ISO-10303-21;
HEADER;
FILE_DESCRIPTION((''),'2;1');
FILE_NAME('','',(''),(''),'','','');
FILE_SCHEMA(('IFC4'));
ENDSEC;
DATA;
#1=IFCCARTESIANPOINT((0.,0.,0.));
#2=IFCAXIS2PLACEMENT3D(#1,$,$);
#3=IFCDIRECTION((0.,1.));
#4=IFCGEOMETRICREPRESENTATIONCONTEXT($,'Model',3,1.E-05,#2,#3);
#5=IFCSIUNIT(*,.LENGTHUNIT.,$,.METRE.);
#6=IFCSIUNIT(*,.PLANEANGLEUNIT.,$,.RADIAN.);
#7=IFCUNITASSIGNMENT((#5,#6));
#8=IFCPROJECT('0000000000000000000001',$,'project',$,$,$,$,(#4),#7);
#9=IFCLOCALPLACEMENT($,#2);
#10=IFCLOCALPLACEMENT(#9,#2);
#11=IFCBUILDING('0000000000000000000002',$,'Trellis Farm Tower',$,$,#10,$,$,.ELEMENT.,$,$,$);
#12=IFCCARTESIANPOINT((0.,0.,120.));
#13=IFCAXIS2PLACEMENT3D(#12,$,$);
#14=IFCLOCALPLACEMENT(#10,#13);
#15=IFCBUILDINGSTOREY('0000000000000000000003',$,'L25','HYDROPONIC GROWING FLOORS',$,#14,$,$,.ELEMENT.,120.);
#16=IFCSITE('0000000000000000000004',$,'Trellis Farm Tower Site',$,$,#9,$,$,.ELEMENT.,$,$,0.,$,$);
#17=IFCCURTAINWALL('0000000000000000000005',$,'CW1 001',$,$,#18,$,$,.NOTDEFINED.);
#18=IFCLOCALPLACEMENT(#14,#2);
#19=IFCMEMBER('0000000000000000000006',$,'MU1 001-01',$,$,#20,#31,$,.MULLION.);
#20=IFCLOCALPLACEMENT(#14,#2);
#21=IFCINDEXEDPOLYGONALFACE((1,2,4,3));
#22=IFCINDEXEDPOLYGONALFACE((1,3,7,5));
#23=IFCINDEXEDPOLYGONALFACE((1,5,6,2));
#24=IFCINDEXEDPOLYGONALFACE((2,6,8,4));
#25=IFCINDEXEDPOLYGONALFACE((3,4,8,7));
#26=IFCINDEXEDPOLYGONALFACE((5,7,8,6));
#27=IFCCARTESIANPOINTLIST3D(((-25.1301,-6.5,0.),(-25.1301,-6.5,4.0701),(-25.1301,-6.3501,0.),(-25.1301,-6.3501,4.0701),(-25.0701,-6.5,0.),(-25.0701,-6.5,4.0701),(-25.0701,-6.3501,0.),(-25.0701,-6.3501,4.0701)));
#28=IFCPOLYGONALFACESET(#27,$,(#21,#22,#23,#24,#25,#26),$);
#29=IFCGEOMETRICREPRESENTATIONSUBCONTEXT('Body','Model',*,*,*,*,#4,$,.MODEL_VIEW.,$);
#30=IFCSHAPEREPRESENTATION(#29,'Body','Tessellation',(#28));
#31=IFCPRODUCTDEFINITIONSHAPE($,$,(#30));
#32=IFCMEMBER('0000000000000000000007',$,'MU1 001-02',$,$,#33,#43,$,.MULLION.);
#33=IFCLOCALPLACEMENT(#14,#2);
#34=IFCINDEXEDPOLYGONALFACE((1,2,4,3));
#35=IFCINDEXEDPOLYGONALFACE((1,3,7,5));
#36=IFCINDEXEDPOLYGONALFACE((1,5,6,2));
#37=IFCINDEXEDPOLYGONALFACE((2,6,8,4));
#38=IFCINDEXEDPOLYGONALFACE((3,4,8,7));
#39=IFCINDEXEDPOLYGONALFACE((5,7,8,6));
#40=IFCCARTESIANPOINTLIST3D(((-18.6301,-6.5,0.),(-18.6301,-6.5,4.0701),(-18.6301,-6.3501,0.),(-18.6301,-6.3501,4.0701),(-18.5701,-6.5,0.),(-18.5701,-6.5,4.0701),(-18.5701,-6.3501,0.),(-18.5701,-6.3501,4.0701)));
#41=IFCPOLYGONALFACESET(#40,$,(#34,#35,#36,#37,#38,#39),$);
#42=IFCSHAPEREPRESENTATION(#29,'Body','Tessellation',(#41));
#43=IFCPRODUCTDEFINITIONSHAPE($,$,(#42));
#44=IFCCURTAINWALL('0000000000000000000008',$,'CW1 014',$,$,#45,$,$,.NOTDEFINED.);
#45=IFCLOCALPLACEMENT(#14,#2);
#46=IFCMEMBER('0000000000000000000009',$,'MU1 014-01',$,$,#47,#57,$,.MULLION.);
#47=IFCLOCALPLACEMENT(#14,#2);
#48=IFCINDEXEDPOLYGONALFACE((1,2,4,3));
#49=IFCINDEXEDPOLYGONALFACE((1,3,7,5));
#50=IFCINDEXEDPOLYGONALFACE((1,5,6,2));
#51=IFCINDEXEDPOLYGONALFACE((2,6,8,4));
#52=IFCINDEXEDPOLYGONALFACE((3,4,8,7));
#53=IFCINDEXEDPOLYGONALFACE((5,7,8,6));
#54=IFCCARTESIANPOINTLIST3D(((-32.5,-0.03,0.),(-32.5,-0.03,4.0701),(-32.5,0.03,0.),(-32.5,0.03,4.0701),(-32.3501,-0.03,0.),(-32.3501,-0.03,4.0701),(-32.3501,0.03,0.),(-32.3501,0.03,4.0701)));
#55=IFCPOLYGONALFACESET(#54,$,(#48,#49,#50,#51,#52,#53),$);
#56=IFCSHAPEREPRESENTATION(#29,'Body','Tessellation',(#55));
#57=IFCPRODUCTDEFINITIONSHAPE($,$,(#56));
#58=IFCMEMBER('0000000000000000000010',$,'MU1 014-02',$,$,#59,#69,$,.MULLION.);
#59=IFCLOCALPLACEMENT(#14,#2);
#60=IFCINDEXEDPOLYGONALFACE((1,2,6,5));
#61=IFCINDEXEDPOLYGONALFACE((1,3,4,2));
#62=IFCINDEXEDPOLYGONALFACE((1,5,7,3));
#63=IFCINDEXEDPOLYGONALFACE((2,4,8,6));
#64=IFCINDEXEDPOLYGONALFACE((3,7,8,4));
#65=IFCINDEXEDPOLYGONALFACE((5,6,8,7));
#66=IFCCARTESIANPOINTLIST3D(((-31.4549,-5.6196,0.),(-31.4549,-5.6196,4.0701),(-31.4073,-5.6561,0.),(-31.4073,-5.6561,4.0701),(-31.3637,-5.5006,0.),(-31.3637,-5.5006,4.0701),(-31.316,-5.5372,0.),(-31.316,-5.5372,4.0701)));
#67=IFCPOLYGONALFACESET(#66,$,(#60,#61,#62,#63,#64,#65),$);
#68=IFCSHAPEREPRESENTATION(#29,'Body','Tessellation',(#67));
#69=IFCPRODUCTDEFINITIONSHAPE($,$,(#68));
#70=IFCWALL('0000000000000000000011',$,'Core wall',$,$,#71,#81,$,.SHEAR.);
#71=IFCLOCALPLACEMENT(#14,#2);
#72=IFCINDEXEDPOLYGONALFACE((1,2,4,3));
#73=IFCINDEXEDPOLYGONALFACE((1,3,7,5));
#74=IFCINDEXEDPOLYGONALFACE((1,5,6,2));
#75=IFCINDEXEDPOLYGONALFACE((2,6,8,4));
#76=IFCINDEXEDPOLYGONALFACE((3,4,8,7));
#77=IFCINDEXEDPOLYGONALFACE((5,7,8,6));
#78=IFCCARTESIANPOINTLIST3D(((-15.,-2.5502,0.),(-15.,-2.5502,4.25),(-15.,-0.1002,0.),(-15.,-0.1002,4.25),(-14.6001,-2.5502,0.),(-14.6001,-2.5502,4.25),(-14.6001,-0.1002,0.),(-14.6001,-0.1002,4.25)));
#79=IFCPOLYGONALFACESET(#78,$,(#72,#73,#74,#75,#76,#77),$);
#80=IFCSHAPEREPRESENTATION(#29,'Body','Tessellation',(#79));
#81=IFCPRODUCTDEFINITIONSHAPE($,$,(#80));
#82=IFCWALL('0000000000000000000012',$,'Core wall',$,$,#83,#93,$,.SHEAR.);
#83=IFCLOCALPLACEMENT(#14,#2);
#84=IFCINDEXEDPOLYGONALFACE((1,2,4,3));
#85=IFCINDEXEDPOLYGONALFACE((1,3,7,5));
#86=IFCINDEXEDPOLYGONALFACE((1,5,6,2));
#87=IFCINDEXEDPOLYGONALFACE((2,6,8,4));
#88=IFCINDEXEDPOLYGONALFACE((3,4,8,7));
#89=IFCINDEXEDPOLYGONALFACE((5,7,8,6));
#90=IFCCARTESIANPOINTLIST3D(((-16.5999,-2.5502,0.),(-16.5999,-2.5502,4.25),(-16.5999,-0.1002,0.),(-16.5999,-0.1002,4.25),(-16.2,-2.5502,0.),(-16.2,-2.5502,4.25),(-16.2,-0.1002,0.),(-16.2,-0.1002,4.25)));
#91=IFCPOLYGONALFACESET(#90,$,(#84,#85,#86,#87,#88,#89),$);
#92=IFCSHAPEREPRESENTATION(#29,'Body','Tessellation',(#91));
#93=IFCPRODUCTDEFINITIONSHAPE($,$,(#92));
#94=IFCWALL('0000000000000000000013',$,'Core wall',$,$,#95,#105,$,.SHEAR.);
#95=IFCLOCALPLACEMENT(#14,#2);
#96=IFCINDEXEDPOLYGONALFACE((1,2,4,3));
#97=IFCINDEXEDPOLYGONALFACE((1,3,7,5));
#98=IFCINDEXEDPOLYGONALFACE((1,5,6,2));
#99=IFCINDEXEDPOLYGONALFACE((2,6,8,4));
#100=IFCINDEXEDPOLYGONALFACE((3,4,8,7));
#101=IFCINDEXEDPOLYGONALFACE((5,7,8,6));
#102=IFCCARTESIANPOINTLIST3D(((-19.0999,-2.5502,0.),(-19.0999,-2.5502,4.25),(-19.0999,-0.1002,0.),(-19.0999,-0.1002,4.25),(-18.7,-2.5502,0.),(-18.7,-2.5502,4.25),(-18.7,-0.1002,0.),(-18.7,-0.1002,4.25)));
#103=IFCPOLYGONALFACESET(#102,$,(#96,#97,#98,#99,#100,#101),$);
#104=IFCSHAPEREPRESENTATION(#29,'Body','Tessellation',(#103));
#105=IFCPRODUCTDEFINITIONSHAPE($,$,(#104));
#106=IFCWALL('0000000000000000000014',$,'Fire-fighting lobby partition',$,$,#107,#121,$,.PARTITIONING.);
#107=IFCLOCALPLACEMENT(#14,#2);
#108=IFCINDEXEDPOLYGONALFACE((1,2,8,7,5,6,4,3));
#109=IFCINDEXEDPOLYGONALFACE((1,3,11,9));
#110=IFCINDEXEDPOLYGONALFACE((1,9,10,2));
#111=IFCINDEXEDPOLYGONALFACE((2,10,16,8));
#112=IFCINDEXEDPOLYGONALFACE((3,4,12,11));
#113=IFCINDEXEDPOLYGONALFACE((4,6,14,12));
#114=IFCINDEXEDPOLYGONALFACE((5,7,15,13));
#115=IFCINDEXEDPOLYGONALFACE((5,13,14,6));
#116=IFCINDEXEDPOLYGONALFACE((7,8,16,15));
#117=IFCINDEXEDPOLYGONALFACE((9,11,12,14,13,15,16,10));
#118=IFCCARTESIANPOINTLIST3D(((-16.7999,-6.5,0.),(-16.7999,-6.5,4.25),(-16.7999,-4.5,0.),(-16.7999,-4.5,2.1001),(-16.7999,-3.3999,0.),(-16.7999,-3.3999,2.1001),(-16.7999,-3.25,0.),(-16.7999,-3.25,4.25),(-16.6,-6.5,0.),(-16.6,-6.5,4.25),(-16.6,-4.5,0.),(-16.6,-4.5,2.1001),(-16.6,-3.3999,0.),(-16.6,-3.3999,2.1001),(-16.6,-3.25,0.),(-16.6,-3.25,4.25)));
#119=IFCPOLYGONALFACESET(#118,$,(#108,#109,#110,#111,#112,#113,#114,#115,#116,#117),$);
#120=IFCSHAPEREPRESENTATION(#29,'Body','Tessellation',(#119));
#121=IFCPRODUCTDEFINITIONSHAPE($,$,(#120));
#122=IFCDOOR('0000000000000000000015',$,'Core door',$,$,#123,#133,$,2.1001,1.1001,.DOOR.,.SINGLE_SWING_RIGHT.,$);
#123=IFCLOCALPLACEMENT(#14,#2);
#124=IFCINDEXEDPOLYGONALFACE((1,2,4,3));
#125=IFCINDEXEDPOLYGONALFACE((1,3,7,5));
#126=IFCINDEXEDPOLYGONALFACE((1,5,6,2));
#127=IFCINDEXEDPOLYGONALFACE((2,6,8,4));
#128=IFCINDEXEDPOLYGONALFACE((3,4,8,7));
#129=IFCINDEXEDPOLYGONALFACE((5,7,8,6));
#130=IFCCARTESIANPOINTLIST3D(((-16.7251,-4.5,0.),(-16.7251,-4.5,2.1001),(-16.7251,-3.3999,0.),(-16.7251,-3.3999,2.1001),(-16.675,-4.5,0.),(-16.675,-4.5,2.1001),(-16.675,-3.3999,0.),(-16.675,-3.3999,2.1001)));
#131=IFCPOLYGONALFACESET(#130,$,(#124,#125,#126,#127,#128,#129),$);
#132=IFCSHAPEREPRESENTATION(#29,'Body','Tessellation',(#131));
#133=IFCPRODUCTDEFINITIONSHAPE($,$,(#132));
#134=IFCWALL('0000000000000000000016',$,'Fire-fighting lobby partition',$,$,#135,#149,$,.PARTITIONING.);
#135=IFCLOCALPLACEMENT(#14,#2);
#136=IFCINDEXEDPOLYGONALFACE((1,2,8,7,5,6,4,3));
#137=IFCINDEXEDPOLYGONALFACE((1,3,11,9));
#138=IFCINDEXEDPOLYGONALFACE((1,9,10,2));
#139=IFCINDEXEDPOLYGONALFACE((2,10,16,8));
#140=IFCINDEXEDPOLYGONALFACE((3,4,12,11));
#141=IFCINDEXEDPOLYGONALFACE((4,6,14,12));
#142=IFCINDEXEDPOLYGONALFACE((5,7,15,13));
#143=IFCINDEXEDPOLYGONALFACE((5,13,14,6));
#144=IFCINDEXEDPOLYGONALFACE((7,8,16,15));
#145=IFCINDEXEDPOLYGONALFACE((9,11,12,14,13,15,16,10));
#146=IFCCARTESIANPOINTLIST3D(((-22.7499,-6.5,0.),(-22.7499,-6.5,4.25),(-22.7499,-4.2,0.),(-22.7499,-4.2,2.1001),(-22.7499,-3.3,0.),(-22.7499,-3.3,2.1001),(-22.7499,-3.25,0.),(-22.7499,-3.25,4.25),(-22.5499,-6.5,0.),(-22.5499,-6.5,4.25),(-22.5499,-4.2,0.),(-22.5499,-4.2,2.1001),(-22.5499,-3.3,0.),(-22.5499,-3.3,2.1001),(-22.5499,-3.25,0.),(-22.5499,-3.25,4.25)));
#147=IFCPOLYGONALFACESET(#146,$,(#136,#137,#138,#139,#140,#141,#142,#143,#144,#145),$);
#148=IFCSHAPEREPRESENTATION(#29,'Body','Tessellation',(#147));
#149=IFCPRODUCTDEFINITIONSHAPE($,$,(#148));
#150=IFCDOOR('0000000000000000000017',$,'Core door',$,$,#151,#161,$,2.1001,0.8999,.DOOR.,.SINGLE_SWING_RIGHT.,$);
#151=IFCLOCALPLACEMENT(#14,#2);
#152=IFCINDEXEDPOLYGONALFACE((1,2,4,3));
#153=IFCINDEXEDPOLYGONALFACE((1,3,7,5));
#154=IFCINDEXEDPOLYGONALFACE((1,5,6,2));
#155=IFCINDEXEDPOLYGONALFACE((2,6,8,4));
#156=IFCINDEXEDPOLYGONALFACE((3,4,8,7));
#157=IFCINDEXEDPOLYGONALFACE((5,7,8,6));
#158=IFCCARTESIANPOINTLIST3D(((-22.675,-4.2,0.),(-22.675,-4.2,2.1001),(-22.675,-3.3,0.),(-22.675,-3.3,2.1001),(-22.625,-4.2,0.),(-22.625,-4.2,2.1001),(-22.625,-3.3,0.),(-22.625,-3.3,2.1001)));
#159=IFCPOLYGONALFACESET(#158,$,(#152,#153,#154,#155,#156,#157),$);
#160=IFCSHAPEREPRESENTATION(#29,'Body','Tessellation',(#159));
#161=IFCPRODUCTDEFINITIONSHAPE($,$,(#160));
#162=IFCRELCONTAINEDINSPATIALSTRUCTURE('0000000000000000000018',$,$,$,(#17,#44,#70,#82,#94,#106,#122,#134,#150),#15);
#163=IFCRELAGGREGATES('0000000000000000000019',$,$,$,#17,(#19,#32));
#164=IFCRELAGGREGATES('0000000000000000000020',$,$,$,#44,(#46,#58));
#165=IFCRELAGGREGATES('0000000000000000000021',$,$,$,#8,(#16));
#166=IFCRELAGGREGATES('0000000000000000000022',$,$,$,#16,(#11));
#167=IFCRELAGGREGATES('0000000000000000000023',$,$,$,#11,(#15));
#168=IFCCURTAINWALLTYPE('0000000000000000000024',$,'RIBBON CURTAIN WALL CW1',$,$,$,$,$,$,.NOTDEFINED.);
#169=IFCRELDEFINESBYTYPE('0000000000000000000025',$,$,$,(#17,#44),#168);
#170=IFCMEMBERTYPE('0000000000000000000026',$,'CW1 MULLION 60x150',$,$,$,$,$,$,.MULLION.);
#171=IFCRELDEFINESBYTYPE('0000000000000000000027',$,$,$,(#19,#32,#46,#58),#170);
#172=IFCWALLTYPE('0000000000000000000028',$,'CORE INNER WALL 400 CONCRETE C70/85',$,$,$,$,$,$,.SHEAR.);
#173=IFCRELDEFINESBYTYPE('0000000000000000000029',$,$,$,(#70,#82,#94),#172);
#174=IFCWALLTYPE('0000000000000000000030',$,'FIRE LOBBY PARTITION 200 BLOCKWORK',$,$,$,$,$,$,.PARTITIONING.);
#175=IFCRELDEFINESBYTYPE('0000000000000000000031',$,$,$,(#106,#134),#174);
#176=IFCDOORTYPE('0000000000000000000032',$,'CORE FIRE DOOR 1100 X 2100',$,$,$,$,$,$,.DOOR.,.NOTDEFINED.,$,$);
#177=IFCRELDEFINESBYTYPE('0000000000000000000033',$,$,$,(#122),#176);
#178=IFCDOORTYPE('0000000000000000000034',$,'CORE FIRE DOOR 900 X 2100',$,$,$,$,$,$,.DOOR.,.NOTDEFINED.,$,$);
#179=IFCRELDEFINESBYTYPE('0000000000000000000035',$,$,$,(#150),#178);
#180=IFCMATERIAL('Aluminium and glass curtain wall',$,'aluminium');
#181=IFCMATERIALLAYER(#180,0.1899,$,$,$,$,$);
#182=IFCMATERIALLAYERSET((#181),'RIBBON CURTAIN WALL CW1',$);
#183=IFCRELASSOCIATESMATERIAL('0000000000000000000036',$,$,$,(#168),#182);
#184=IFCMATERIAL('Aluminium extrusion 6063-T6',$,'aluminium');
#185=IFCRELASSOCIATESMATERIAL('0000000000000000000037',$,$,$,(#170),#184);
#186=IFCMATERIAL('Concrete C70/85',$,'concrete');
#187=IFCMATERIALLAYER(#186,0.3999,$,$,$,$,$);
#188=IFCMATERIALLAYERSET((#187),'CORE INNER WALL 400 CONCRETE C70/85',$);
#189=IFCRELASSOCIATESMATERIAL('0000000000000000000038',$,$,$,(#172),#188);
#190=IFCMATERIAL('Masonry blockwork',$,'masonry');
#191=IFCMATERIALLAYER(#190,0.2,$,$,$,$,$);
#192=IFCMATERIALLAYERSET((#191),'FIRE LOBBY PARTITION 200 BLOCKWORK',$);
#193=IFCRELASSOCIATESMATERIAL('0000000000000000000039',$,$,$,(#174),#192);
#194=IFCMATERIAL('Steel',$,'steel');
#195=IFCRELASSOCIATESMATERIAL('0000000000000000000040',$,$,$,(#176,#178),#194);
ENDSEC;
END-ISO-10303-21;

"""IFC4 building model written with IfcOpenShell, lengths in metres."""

from ifc_helpers import new_model, si_unit, direction, frame, frame_2d, origin, origin_2d, place, context, subcontext, project, spatial, rectangle, extrude, source, transform, mapped, material, layer, layer_set, material_profile, profile_set, type_object, element, fill, aggregate, save


model = new_model("IFC4")

# Units and contexts
model_context = context("Model", 3, precision=1e-05, world=origin(), true_north=direction((0.0, 1.0)))
body_context = subcontext(model_context, "Body", "Model", "MODEL_VIEW")
ifc_project = project(units=[si_unit("LENGTHUNIT", "METRE"), si_unit("PLANEANGLEUNIT", "RADIAN")], contexts=[model_context])

# Site, building, storey
site_placement = place(None, origin())
site = spatial("IfcSite", under=ifc_project, at=site_placement, Name="Trellis Farm Tower Site", CompositionType="ELEMENT", RefElevation=0.0)
building_placement = place(site_placement, origin())
building = spatial("IfcBuilding", under=site, at=building_placement, Name="Trellis Farm Tower", CompositionType="ELEMENT")
storey_placement = place(building_placement, frame((0.0, 0.0, 120.0)))
storey = spatial("IfcBuildingStorey", under=building, at=storey_placement, Name="L25", Description="HYDROPONIC GROWING FLOORS", CompositionType="ELEMENT", Elevation=120.0)

# Curtain walls, members
ifc_material_1 = material(Name="Aluminium and glass curtain wall", Category="aluminium")
ifc_layer_1 = layer(ifc_material_1, 0.1899)
ifc_layer_set_1 = layer_set([ifc_layer_1], Name="RIBBON CURTAIN WALL CW1")
curtain_wall_type = type_object("IfcCurtainWallType", Name="RIBBON CURTAIN WALL CW1", PredefinedType="NOTDEFINED", material=ifc_layer_set_1)
placement = place(storey_placement, origin())
curtain_wall_1 = element("IfcCurtainWall", 1, at=placement, inside=storey, type_object=curtain_wall_type, Name="CW1 001", PredefinedType="NOTDEFINED")
ifc_material_2 = material(Name="Aluminium extrusion 6063-T6", Category="aluminium")
ifc_material_profile_1 = material_profile(ifc_material_2, rectangle(XDim=0.0601, YDim=0.1499, at=origin_2d()), Name="MULLION 60x150")
ifc_profile_set_1 = profile_set([ifc_material_profile_1], Name="Aluminium extrusion 6063-T6")
member_type = type_object("IfcMemberType", Name="CW1 MULLION 60x150", PredefinedType="MULLION", material=ifc_profile_set_1)
shared_shape_1 = source(origin(), body_context, "Body", "SweptSolid", [
    extrude(rectangle(XDim=0.0601, YDim=0.1499, at=origin_2d()), origin(), (0.0, 0.0, 1.0), 4.0701),
])
member_1_placement = place(storey_placement, frame((-25.1001, -6.425, 0.0), z_axis=(0.0, 0.0, 1.0), x_axis=(1.0, 0.0, 0.0)))
member_1 = element("IfcMember", 2, at=member_1_placement, type_object=member_type, Name="MU1 001-01", PredefinedType="MULLION", context=body_context, shape_type="MappedRepresentation", body=[
    mapped(shared_shape_1, transform((0.0, 0.0, 0.0))),
])
member_2_placement = place(storey_placement, frame((-18.6001, -6.425, 0.0), z_axis=(0.0, 0.0, 1.0), x_axis=(1.0, 0.0, 0.0)))
member_2 = element("IfcMember", 3, at=member_2_placement, type_object=member_type, Name="MU1 001-02", PredefinedType="MULLION", context=body_context, shape_type="MappedRepresentation", body=[
    mapped(shared_shape_1, transform((0.0, 0.0, 0.0))),
])
aggregate(curtain_wall_1, [member_1, member_2])
curtain_wall_2 = element("IfcCurtainWall", 4, at=placement, inside=storey, type_object=curtain_wall_type, Name="CW1 014", PredefinedType="NOTDEFINED")
member_3_placement = place(storey_placement, frame((-32.425, 0.0, 0.0), z_axis=(0.0, 0.0, 1.0), x_axis=(0.0, -1.0, 0.0)))
member_3 = element("IfcMember", 5, at=member_3_placement, type_object=member_type, Name="MU1 014-01", PredefinedType="MULLION", context=body_context, shape_type="MappedRepresentation", body=[
    mapped(shared_shape_1, transform((0.0, 0.0, 0.0))),
])
member_4_placement = place(storey_placement, frame((-31.3855, -5.5784, 0.0), z_axis=(0.0, 0.0, 1.0), x_axis=(0.793353, -0.608761, 0.0)))
member_4 = element("IfcMember", 6, at=member_4_placement, type_object=member_type, Name="MU1 014-02", PredefinedType="MULLION", context=body_context, shape_type="MappedRepresentation", body=[
    mapped(shared_shape_1, transform((0.0, 0.0, 0.0))),
])
aggregate(curtain_wall_2, [member_3, member_4])

# Walls
ifc_material_3 = material(Name="Concrete C70/85", Category="concrete")
ifc_layer_2 = layer(ifc_material_3, 0.3999)
ifc_layer_set_2 = layer_set([ifc_layer_2], Name="CORE INNER WALL 400 CONCRETE C70/85")
wall_type_1 = type_object("IfcWallType", Name="CORE INNER WALL 400 CONCRETE C70/85", PredefinedType="SHEAR", material=ifc_layer_set_2)
shared_shape_2 = source(origin(), body_context, "Body", "SweptSolid", [
    extrude(rectangle(XDim=2.45, YDim=0.3999, at=frame_2d((1.2251, 0.0))), origin(), (0.0, 0.0, 1.0), 4.25),
])
for number, where, z_axis, x_axis, name in (
    (7, (-14.8, -0.1001, 0.0), (0.0, 0.0, 1.0), (0.0, -1.0, 0.0), "Core wall"),
    (8, (-16.3999, -0.1001, 0.0), (0.0, 0.0, 1.0), (0.0, -1.0, 0.0), "Core wall"),
    (9, (-18.8999, -0.1001, 0.0), (0.0, 0.0, 1.0), (0.0, -1.0, 0.0), "Core wall"),
):
    element("IfcWall", number, at=place(storey_placement, frame(where, z_axis=z_axis, x_axis=x_axis)), inside=storey, type_object=wall_type_1, Name=name, PredefinedType="SHEAR", context=body_context, shape_type="MappedRepresentation", body=[
        mapped(shared_shape_2, transform((0.0, 0.0, 0.0))),
    ])

# Walls, openings, doors
ifc_material_4 = material(Name="Masonry blockwork", Category="masonry")
ifc_layer_3 = layer(ifc_material_4, 0.2)
ifc_layer_set_3 = layer_set([ifc_layer_3], Name="FIRE LOBBY PARTITION 200 BLOCKWORK")
wall_type_2 = type_object("IfcWallType", Name="FIRE LOBBY PARTITION 200 BLOCKWORK", PredefinedType="PARTITIONING", material=ifc_layer_set_3)
shared_shape_3 = source(origin(), body_context, "Body", "SweptSolid", [
    extrude(rectangle(XDim=3.25, YDim=0.2, at=frame_2d((1.625, 0.0))), origin(), (0.0, 0.0, 1.0), 4.25),
])
wall_1_placement = place(storey_placement, frame((-16.7, -3.25, 0.0), z_axis=(0.0, 0.0, 1.0), x_axis=(0.0, -1.0, 0.0)))
wall_1 = element("IfcWall", 10, at=wall_1_placement, inside=storey, type_object=wall_type_2, Name="Fire-fighting lobby partition", PredefinedType="PARTITIONING", context=body_context, shape_type="MappedRepresentation", body=[
    mapped(shared_shape_3, transform((0.0, 0.0, 0.0))),
])
shared_shape_4 = source(origin(), body_context, "Body", "SweptSolid", [
    extrude(rectangle(XDim=1.1001, YDim=2.1001, at=frame_2d((0.55, 1.05))), frame((0.0, 0.1101, 0.0), z_axis=(0.0, -1.0, 0.0), x_axis=(1.0, 0.0, 0.0)), (0.0, 0.0, 1.0), 0.2202),
])
opening_1_placement = place(wall_1_placement, frame((0.1499, 0.0, 0.0)))
opening_1 = element("IfcOpeningElement", 11, at=opening_1_placement, cuts=wall_1, PredefinedType="OPENING", context=body_context, shape_type="MappedRepresentation", body=[
    mapped(shared_shape_4, transform((0.0, 0.0, 0.0))),
])
ifc_material_5 = material(Name="Steel", Category="steel")
door_type_1 = type_object("IfcDoorType", Name="CORE FIRE DOOR 1100 X 2100", OperationType="NOTDEFINED", PredefinedType="DOOR", material=ifc_material_5)
shared_shape_5 = source(origin(), body_context, "Body", "SweptSolid", [
    extrude(rectangle(XDim=1.1001, YDim=2.1001, at=frame_2d((0.55, 1.05))), frame((0.0, 0.0249, 0.0), z_axis=(0.0, -1.0, 0.0), x_axis=(1.0, 0.0, 0.0)), (0.0, 0.0, 1.0), 0.05),
])
door_1_placement = place(opening_1_placement, origin())
door_1 = element("IfcDoor", 12, at=door_1_placement, inside=storey, type_object=door_type_1, Name="Core door", OperationType="SINGLE_SWING_RIGHT", OverallHeight=2.1001, OverallWidth=1.1001, PredefinedType="DOOR", context=body_context, shape_type="MappedRepresentation", body=[
    mapped(shared_shape_5, transform((0.0, 0.0, 0.0))),
])
fill(opening_1, door_1)
wall_2_placement = place(storey_placement, frame((-22.6499, -3.25, 0.0), z_axis=(0.0, 0.0, 1.0), x_axis=(0.0, -1.0, 0.0)))
wall_2 = element("IfcWall", 13, at=wall_2_placement, inside=storey, type_object=wall_type_2, Name="Fire-fighting lobby partition", PredefinedType="PARTITIONING", context=body_context, shape_type="MappedRepresentation", body=[
    mapped(shared_shape_3, transform((0.0, 0.0, 0.0))),
])
shared_shape_6 = source(origin(), body_context, "Body", "SweptSolid", [
    extrude(rectangle(XDim=0.8999, YDim=2.1001, at=frame_2d((0.45, 1.05))), frame((0.0, 0.1101, 0.0), z_axis=(0.0, -1.0, 0.0), x_axis=(1.0, 0.0, 0.0)), (0.0, 0.0, 1.0), 0.2202),
])
opening_2_placement = place(wall_2_placement, frame((0.05, 0.0, 0.0)))
opening_2 = element("IfcOpeningElement", 14, at=opening_2_placement, cuts=wall_2, PredefinedType="OPENING", context=body_context, shape_type="MappedRepresentation", body=[
    mapped(shared_shape_6, transform((0.0, 0.0, 0.0))),
])
door_type_2 = type_object("IfcDoorType", Name="CORE FIRE DOOR 900 X 2100", OperationType="NOTDEFINED", PredefinedType="DOOR", material=ifc_material_5)
shared_shape_7 = source(origin(), body_context, "Body", "SweptSolid", [
    extrude(rectangle(XDim=0.8999, YDim=2.1001, at=frame_2d((0.45, 1.05))), frame((0.0, 0.0249, 0.0), z_axis=(0.0, -1.0, 0.0), x_axis=(1.0, 0.0, 0.0)), (0.0, 0.0, 1.0), 0.05),
])
door_2_placement = place(opening_2_placement, origin())
door_2 = element("IfcDoor", 15, at=door_2_placement, inside=storey, type_object=door_type_2, Name="Core door", OperationType="SINGLE_SWING_RIGHT", OverallHeight=2.1001, OverallWidth=0.8999, PredefinedType="DOOR", context=body_context, shape_type="MappedRepresentation", body=[
    mapped(shared_shape_7, transform((0.0, 0.0, 0.0))),
])
fill(opening_2, door_2)

save(model, "model.ifc")
